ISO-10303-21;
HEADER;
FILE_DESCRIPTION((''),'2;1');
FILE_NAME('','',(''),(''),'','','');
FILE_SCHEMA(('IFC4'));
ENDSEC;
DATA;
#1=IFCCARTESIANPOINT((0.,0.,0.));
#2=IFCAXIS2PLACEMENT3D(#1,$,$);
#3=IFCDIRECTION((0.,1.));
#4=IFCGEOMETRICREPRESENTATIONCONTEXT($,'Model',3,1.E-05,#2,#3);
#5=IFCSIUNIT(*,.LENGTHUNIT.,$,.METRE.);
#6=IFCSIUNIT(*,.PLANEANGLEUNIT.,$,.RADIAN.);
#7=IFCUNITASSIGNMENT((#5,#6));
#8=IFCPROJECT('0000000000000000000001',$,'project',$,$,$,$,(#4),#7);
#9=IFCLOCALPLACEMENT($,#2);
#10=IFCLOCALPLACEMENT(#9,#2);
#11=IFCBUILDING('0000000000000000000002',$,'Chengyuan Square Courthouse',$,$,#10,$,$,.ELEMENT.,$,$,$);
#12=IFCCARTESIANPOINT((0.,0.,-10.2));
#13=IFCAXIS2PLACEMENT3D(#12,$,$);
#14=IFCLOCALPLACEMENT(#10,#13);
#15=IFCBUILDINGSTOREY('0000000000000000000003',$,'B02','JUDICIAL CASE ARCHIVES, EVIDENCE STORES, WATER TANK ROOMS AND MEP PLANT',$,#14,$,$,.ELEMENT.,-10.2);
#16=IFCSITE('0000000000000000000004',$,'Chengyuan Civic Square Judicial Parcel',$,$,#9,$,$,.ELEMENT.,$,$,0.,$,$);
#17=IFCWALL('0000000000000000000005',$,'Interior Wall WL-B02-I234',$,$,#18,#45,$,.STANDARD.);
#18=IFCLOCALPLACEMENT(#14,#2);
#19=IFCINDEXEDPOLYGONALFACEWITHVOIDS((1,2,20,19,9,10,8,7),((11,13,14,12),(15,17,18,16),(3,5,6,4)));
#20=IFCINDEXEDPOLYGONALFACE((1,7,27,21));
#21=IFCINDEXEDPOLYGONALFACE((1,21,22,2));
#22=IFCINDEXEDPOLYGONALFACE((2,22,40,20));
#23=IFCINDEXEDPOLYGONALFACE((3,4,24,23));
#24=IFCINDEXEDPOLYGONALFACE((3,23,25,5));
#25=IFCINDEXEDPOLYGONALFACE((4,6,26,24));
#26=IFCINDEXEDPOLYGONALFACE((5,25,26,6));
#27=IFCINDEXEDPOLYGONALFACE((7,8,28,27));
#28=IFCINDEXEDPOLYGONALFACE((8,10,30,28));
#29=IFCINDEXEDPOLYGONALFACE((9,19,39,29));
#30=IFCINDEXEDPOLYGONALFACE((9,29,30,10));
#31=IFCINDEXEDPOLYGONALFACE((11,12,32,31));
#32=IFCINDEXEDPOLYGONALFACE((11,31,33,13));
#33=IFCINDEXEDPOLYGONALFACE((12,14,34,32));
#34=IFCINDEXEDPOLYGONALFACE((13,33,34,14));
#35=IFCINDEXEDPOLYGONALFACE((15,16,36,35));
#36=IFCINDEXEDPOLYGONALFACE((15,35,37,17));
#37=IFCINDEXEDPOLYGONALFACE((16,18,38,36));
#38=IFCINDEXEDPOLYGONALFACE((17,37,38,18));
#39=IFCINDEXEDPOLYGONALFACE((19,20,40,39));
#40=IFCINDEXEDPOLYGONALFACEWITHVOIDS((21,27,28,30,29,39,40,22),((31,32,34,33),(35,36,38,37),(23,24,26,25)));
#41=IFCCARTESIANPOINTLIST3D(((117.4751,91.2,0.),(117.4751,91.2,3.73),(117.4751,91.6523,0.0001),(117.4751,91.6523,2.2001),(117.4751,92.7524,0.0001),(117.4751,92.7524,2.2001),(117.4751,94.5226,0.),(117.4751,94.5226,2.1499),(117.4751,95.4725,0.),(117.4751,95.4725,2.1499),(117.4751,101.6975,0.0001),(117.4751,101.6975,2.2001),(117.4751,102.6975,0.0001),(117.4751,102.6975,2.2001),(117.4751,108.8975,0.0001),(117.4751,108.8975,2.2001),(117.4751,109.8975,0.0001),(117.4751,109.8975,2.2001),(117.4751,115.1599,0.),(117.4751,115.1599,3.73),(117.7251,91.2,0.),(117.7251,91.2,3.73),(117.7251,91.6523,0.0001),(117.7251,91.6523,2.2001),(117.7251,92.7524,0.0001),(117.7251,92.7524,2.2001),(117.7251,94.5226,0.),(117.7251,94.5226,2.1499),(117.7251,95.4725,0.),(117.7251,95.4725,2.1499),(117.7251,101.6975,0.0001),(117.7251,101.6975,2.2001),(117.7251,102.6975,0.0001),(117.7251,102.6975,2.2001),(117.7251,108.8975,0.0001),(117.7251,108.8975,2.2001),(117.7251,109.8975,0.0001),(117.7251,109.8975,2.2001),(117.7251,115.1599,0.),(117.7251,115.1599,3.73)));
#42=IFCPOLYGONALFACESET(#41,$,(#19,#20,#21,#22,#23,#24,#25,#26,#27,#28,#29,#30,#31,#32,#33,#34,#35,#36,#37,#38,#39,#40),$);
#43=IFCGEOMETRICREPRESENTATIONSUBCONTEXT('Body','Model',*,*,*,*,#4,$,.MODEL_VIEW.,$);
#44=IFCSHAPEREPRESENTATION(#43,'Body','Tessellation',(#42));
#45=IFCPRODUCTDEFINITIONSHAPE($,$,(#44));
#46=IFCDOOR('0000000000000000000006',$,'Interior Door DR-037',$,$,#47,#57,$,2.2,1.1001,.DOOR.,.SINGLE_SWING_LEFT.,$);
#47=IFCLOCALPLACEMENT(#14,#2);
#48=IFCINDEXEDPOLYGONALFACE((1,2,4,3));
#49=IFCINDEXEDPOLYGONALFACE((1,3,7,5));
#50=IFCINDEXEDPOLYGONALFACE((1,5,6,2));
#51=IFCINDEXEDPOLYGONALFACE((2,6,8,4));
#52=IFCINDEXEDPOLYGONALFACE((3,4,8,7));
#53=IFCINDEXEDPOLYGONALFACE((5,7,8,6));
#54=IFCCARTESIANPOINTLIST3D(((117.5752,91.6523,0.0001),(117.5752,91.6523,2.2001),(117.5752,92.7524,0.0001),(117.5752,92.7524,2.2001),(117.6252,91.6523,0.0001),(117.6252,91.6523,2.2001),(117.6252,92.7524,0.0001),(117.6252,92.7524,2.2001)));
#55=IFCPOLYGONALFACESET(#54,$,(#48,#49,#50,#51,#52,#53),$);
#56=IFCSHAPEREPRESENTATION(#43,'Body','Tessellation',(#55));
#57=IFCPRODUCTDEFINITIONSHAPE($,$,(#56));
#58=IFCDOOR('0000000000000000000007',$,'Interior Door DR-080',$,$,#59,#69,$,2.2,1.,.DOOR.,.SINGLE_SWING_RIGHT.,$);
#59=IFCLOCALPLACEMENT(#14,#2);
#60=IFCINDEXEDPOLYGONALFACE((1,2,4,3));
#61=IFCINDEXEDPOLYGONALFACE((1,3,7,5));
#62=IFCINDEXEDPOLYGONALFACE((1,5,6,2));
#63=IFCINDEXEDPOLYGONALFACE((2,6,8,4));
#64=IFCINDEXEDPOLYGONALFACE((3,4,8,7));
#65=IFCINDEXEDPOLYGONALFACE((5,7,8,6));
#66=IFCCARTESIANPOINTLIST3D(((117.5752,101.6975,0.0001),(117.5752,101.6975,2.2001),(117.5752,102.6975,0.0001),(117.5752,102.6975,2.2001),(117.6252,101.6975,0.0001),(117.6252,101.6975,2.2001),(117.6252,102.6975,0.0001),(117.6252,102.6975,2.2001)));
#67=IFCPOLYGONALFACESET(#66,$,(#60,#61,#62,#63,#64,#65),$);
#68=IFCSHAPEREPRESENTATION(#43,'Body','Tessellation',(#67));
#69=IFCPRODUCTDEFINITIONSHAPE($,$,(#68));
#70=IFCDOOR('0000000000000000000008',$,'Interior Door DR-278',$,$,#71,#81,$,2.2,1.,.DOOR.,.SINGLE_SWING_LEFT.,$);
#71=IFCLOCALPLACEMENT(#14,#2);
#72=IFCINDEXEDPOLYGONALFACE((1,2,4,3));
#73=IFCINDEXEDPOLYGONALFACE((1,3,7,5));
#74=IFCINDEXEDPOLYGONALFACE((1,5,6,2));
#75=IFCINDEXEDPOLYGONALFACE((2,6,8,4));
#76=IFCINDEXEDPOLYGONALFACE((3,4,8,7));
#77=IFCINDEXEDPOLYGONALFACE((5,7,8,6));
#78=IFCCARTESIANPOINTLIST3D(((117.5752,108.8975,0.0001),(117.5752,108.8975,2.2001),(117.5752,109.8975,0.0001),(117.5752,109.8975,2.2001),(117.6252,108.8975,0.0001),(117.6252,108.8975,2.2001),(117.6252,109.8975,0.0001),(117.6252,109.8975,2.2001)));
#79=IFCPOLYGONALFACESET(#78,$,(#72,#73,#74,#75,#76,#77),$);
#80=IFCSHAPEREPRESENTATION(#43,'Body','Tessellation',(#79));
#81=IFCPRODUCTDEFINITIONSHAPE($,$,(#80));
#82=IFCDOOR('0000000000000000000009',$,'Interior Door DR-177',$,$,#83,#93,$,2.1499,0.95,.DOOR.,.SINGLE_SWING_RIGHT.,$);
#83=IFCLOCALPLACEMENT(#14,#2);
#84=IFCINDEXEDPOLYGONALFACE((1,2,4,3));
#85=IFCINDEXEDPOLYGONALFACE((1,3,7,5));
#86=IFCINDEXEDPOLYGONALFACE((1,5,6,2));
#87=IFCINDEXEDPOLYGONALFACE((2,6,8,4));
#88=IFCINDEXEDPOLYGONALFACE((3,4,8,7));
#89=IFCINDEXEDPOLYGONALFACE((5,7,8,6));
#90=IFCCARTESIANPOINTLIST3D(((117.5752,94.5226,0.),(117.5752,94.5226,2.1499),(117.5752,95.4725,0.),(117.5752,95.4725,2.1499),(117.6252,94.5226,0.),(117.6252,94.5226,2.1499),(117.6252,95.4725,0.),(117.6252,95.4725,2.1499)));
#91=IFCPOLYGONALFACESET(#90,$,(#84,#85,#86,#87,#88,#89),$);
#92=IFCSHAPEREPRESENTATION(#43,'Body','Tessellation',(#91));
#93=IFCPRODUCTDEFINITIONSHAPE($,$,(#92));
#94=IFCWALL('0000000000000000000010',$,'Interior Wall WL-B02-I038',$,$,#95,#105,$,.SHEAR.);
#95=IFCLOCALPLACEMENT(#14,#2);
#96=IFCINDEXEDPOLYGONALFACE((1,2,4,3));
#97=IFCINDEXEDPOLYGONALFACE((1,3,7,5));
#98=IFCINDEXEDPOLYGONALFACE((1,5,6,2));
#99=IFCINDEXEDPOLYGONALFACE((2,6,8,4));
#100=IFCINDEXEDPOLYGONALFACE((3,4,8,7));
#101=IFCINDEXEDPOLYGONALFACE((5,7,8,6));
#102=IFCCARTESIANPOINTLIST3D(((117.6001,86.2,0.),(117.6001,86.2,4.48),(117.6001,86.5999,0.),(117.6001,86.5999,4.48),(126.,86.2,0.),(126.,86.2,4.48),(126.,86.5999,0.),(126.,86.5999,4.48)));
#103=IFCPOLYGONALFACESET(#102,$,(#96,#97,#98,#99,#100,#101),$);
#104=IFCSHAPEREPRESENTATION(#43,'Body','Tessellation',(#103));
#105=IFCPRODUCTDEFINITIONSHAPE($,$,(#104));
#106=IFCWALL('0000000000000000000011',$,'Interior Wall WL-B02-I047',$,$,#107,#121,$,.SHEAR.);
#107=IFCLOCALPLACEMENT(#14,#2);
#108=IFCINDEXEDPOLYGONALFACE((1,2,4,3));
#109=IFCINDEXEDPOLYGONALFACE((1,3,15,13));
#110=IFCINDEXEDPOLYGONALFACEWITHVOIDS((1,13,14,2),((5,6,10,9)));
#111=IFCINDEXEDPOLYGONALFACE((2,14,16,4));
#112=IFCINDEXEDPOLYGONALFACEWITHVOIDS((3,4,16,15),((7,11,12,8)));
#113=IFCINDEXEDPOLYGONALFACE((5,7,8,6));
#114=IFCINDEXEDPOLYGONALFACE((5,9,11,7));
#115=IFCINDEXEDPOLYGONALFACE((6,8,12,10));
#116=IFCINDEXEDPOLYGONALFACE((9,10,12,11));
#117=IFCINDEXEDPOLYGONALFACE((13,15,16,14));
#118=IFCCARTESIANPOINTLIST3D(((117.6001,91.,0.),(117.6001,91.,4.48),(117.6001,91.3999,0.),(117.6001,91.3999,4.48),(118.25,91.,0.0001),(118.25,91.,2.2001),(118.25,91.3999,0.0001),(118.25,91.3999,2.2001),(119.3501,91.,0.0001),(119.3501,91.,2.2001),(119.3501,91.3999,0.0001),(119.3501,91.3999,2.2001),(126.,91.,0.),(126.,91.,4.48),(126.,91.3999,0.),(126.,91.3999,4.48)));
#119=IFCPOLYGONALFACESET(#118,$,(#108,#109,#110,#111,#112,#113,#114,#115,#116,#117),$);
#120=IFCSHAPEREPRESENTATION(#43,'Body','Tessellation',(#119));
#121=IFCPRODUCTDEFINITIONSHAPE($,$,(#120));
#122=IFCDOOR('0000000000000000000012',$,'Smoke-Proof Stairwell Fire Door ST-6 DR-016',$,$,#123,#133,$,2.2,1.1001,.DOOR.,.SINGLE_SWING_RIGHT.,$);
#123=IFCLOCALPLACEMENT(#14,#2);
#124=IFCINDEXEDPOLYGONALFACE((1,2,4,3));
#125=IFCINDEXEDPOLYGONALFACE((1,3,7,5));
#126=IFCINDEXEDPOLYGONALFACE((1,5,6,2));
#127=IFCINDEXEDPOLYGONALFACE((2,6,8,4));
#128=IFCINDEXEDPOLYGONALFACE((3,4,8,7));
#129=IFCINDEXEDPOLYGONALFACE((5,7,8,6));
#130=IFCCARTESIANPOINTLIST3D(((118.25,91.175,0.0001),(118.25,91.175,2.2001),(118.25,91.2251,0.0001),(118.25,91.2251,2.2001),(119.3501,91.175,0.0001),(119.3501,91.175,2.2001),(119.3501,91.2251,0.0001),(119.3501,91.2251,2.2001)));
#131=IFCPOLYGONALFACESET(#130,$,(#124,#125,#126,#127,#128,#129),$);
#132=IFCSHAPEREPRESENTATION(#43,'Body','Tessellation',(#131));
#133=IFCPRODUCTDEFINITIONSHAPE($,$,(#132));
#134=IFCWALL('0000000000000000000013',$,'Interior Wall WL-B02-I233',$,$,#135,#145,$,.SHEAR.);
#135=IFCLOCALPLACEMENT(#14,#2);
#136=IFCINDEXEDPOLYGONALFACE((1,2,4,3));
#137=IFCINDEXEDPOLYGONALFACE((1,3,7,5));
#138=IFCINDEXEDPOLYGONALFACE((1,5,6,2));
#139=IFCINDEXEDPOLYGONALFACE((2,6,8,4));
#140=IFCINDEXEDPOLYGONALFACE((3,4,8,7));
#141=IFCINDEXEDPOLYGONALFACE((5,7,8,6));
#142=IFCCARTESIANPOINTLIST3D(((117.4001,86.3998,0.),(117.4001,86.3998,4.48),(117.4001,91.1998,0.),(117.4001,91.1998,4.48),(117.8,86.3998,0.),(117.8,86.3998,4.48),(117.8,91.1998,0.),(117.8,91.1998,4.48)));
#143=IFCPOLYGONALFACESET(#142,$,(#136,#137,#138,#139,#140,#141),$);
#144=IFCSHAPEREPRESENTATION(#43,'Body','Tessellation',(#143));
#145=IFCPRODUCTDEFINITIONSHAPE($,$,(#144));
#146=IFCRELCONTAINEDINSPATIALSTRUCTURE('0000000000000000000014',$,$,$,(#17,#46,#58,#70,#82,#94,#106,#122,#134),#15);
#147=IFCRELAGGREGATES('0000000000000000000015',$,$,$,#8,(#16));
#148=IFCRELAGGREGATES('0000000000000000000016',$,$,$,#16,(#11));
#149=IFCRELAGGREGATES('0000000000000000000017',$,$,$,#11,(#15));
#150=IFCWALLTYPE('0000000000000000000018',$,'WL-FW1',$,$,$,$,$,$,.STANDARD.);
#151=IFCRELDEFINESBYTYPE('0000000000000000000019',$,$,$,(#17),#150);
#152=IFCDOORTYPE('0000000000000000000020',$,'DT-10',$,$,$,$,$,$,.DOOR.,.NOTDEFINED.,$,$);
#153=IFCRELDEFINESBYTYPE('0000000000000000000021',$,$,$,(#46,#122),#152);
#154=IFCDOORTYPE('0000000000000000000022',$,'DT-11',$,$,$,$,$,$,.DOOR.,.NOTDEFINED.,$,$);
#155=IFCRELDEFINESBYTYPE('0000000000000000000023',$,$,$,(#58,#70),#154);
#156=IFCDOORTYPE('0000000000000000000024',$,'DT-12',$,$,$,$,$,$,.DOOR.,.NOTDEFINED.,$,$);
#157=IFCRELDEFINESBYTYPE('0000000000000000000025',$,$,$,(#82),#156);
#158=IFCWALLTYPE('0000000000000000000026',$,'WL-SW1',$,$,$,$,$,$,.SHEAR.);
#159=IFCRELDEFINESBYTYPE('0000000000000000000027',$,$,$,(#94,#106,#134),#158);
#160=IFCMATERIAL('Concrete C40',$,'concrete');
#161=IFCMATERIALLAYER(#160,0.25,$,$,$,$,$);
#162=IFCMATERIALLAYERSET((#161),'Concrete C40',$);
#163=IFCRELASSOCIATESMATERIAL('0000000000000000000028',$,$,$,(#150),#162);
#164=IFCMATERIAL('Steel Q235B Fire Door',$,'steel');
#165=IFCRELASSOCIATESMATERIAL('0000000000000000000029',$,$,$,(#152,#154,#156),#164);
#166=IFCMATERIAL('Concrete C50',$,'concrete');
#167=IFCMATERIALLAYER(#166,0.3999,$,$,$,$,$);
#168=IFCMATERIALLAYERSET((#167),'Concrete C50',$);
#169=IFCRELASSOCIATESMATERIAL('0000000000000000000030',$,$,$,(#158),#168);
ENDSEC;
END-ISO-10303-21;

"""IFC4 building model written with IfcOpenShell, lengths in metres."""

from ifc_helpers import new_model, si_unit, direction, frame, frame_2d, origin, place, context, subcontext, project, spatial, rectangle, extrude, material, layer, layer_set, type_object, element, fill, save


model = new_model("IFC4")

# Units and contexts
model_context = context("Model", 3, precision=1e-05, world=origin(), true_north=direction((0.0, 1.0)))
body_context = subcontext(model_context, "Body", "Model", "MODEL_VIEW")
ifc_project = project(units=[si_unit("LENGTHUNIT", "METRE"), si_unit("PLANEANGLEUNIT", "RADIAN")], contexts=[model_context])

# Site, building, storey
site_placement = place(None, origin())
site = spatial("IfcSite", under=ifc_project, at=site_placement, Name="Chengyuan Civic Square Judicial Parcel", CompositionType="ELEMENT", RefElevation=0.0)
building_placement = place(site_placement, origin())
building = spatial("IfcBuilding", under=site, at=building_placement, Name="Chengyuan Square Courthouse", CompositionType="ELEMENT")
storey_placement = place(building_placement, frame((0.0, 0.0, -10.2)))
storey = spatial("IfcBuildingStorey", under=building, at=storey_placement, Name="B02", Description="JUDICIAL CASE ARCHIVES, EVIDENCE STORES, WATER TANK ROOMS AND MEP PLANT", CompositionType="ELEMENT", Elevation=-10.2)

# Shared definitions
ifc_material_1 = material(Name="Concrete C40", Category="concrete")

# Shared definitions
ifc_material_2 = material(Name="Concrete C50", Category="concrete")

# Shared definitions
ifc_layer_1 = layer(ifc_material_1, 0.25)
ifc_layer_set_1 = layer_set([ifc_layer_1], Name="Concrete C40")
wall_type_1 = type_object("IfcWallType", Name="WL-FW1", PredefinedType="STANDARD", material=ifc_layer_set_1)

# Wall, openings, doors
wall_1_placement = place(storey_placement, frame((117.6001, 91.2, 0.0), z_axis=(0.0, 0.0, 1.0), x_axis=(0.0, 1.0, 0.0)))
wall_1 = element("IfcWall", 1, at=wall_1_placement, inside=storey, type_object=wall_type_1, Name="Interior Wall WL-B02-I234", PredefinedType="STANDARD", context=body_context, shape_type="SweptSolid", body=[
    extrude(rectangle(XDim=23.96, YDim=0.25, at=frame_2d((11.98, 0.0))), origin(), (0.0, 0.0, 1.0), 3.73),
])
opening_1_placement = place(wall_1_placement, frame((0.4524, 0.0, 0.0)))
opening_1 = element("IfcOpeningElement", 2, at=opening_1_placement, cuts=wall_1, PredefinedType="OPENING", context=body_context, shape_type="SweptSolid", body=[
    extrude(rectangle(XDim=1.1001, YDim=2.2, at=frame_2d((0.55, 1.1001))), frame((0.0, 0.137, 0.0), z_axis=(0.0, -1.0, 0.0), x_axis=(1.0, 0.0, 0.0)), (0.0, 0.0, 1.0), 0.2739),
])
opening_2_placement = place(wall_1_placement, frame((10.4976, 0.0, 0.0)))
opening_2 = element("IfcOpeningElement", 3, at=opening_2_placement, cuts=wall_1, PredefinedType="OPENING", context=body_context, shape_type="SweptSolid", body=[
    extrude(rectangle(XDim=1.0, YDim=2.2, at=frame_2d((0.5, 1.1001))), frame((0.0, 0.137, 0.0), z_axis=(0.0, -1.0, 0.0), x_axis=(1.0, 0.0, 0.0)), (0.0, 0.0, 1.0), 0.2739),
])
opening_3_placement = place(wall_1_placement, frame((3.3225, 0.0, 0.0)))
opening_3 = element("IfcOpeningElement", 4, at=opening_3_placement, cuts=wall_1, PredefinedType="OPENING", context=body_context, shape_type="SweptSolid", body=[
    extrude(rectangle(XDim=0.95, YDim=2.1499, at=frame_2d((0.4751, 1.075))), frame((0.0, 0.137, 0.0), z_axis=(0.0, -1.0, 0.0), x_axis=(1.0, 0.0, 0.0)), (0.0, 0.0, 1.0), 0.2739),
])
opening_4_placement = place(wall_1_placement, frame((17.6975, 0.0, 0.0)))
opening_4 = element("IfcOpeningElement", 5, at=opening_4_placement, cuts=wall_1, PredefinedType="OPENING", context=body_context, shape_type="SweptSolid", body=[
    extrude(rectangle(XDim=1.0, YDim=2.2, at=frame_2d((0.5, 1.1001))), frame((0.0, 0.137, 0.0), z_axis=(0.0, -1.0, 0.0), x_axis=(1.0, 0.0, 0.0)), (0.0, 0.0, 1.0), 0.2739),
])
ifc_material_3 = material(Name="Steel Q235B Fire Door", Category="steel")
door_type_1 = type_object("IfcDoorType", Name="DT-10", OperationType="NOTDEFINED", PredefinedType="DOOR", material=ifc_material_3)
door_1_placement = place(opening_1_placement, origin())
door_1 = element("IfcDoor", 6, at=door_1_placement, inside=storey, type_object=door_type_1, Name="Interior Door DR-037", OperationType="SINGLE_SWING_LEFT", OverallHeight=2.2, OverallWidth=1.1001, PredefinedType="DOOR", context=body_context, shape_type="SweptSolid", body=[
    extrude(rectangle(XDim=1.1001, YDim=2.2, at=frame_2d((0.55, 1.1001))), frame((0.0, 0.0249, 0.0), z_axis=(0.0, -1.0, 0.0), x_axis=(1.0, 0.0, 0.0)), (0.0, 0.0, 1.0), 0.05),
])
fill(opening_1, door_1)
door_type_2 = type_object("IfcDoorType", Name="DT-11", OperationType="NOTDEFINED", PredefinedType="DOOR", material=ifc_material_3)
door_2_placement = place(opening_2_placement, origin())
door_2 = element("IfcDoor", 7, at=door_2_placement, inside=storey, type_object=door_type_2, Name="Interior Door DR-080", OperationType="SINGLE_SWING_RIGHT", OverallHeight=2.2, OverallWidth=1.0, PredefinedType="DOOR", context=body_context, shape_type="SweptSolid", body=[
    extrude(rectangle(XDim=1.0, YDim=2.2, at=frame_2d((0.5, 1.1001))), frame((0.0, 0.0249, 0.0), z_axis=(0.0, -1.0, 0.0), x_axis=(1.0, 0.0, 0.0)), (0.0, 0.0, 1.0), 0.05),
])
fill(opening_2, door_2)
door_3_placement = place(opening_4_placement, origin())
door_3 = element("IfcDoor", 8, at=door_3_placement, inside=storey, type_object=door_type_2, Name="Interior Door DR-278", OperationType="SINGLE_SWING_LEFT", OverallHeight=2.2, OverallWidth=1.0, PredefinedType="DOOR", context=body_context, shape_type="SweptSolid", body=[
    extrude(rectangle(XDim=1.0, YDim=2.2, at=frame_2d((0.5, 1.1001))), frame((0.0, 0.0249, 0.0), z_axis=(0.0, -1.0, 0.0), x_axis=(1.0, 0.0, 0.0)), (0.0, 0.0, 1.0), 0.05),
])
fill(opening_4, door_3)
door_type_3 = type_object("IfcDoorType", Name="DT-12", OperationType="NOTDEFINED", PredefinedType="DOOR", material=ifc_material_3)
door_4_placement = place(opening_3_placement, origin())
door_4 = element("IfcDoor", 9, at=door_4_placement, inside=storey, type_object=door_type_3, Name="Interior Door DR-177", OperationType="SINGLE_SWING_RIGHT", OverallHeight=2.1499, OverallWidth=0.95, PredefinedType="DOOR", context=body_context, shape_type="SweptSolid", body=[
    extrude(rectangle(XDim=0.95, YDim=2.1499, at=frame_2d((0.4751, 1.075))), frame((0.0, 0.0249, 0.0), z_axis=(0.0, -1.0, 0.0), x_axis=(1.0, 0.0, 0.0)), (0.0, 0.0, 1.0), 0.05),
])
fill(opening_3, door_4)

# Wall
ifc_layer_2 = layer(ifc_material_2, 0.3999)
ifc_layer_set_2 = layer_set([ifc_layer_2], Name="Concrete C50")
wall_type_2 = type_object("IfcWallType", Name="WL-SW1", PredefinedType="SHEAR", material=ifc_layer_set_2)
wall_2_placement = place(storey_placement, frame((117.6001, 86.3999, 0.0), z_axis=(0.0, 0.0, 1.0), x_axis=(1.0, 0.0, 0.0)))
element("IfcWall", 10, at=wall_2_placement, inside=storey, type_object=wall_type_2, Name="Interior Wall WL-B02-I038", PredefinedType="SHEAR", context=body_context, shape_type="SweptSolid", body=[
    extrude(rectangle(XDim=8.3999, YDim=0.3999, at=frame_2d((4.2, 0.0))), origin(), (0.0, 0.0, 1.0), 4.48),
])

# Wall, opening, door
wall_3_placement = place(storey_placement, frame((117.6001, 91.2, 0.0), z_axis=(0.0, 0.0, 1.0), x_axis=(1.0, 0.0, 0.0)))
wall_3 = element("IfcWall", 11, at=wall_3_placement, inside=storey, type_object=wall_type_2, Name="Interior Wall WL-B02-I047", PredefinedType="SHEAR", context=body_context, shape_type="SweptSolid", body=[
    extrude(rectangle(XDim=8.3999, YDim=0.3999, at=frame_2d((4.2, 0.0))), origin(), (0.0, 0.0, 1.0), 4.48),
])
opening_5_placement = place(wall_3_placement, frame((0.6499, 0.0, 0.0)))
opening_5 = element("IfcOpeningElement", 12, at=opening_5_placement, cuts=wall_3, PredefinedType="OPENING", context=body_context, shape_type="SweptSolid", body=[
    extrude(rectangle(XDim=1.1001, YDim=2.2, at=frame_2d((0.55, 1.1001))), frame((0.0, 0.2119, 0.0), z_axis=(0.0, -1.0, 0.0), x_axis=(1.0, 0.0, 0.0)), (0.0, 0.0, 1.0), 0.4238),
])
door_5_placement = place(opening_5_placement, frame((1.1001, 0.0, 0.0), z_axis=(0.0, 0.0, 1.0), x_axis=(-1.0, 0.0, 0.0)))
door_5 = element("IfcDoor", 13, at=door_5_placement, inside=storey, type_object=door_type_1, Name="Smoke-Proof Stairwell Fire Door ST-6 DR-016", OperationType="SINGLE_SWING_RIGHT", OverallHeight=2.2, OverallWidth=1.1001, PredefinedType="DOOR", context=body_context, shape_type="SweptSolid", body=[
    extrude(rectangle(XDim=1.1001, YDim=2.2, at=frame_2d((0.55, 1.1001))), frame((0.0, 0.0249, 0.0), z_axis=(0.0, -1.0, 0.0), x_axis=(1.0, 0.0, 0.0)), (0.0, 0.0, 1.0), 0.05),
])
fill(opening_5, door_5)

# Wall
wall_4_placement = place(storey_placement, frame((117.6001, 86.3999, 0.0), z_axis=(0.0, 0.0, 1.0), x_axis=(0.0, 1.0, 0.0)))
element("IfcWall", 14, at=wall_4_placement, inside=storey, type_object=wall_type_2, Name="Interior Wall WL-B02-I233", PredefinedType="SHEAR", context=body_context, shape_type="SweptSolid", body=[
    extrude(rectangle(XDim=4.8, YDim=0.3999, at=frame_2d((2.3999, 0.0))), origin(), (0.0, 0.0, 1.0), 4.48),
])

save(model, "model.ifc")
